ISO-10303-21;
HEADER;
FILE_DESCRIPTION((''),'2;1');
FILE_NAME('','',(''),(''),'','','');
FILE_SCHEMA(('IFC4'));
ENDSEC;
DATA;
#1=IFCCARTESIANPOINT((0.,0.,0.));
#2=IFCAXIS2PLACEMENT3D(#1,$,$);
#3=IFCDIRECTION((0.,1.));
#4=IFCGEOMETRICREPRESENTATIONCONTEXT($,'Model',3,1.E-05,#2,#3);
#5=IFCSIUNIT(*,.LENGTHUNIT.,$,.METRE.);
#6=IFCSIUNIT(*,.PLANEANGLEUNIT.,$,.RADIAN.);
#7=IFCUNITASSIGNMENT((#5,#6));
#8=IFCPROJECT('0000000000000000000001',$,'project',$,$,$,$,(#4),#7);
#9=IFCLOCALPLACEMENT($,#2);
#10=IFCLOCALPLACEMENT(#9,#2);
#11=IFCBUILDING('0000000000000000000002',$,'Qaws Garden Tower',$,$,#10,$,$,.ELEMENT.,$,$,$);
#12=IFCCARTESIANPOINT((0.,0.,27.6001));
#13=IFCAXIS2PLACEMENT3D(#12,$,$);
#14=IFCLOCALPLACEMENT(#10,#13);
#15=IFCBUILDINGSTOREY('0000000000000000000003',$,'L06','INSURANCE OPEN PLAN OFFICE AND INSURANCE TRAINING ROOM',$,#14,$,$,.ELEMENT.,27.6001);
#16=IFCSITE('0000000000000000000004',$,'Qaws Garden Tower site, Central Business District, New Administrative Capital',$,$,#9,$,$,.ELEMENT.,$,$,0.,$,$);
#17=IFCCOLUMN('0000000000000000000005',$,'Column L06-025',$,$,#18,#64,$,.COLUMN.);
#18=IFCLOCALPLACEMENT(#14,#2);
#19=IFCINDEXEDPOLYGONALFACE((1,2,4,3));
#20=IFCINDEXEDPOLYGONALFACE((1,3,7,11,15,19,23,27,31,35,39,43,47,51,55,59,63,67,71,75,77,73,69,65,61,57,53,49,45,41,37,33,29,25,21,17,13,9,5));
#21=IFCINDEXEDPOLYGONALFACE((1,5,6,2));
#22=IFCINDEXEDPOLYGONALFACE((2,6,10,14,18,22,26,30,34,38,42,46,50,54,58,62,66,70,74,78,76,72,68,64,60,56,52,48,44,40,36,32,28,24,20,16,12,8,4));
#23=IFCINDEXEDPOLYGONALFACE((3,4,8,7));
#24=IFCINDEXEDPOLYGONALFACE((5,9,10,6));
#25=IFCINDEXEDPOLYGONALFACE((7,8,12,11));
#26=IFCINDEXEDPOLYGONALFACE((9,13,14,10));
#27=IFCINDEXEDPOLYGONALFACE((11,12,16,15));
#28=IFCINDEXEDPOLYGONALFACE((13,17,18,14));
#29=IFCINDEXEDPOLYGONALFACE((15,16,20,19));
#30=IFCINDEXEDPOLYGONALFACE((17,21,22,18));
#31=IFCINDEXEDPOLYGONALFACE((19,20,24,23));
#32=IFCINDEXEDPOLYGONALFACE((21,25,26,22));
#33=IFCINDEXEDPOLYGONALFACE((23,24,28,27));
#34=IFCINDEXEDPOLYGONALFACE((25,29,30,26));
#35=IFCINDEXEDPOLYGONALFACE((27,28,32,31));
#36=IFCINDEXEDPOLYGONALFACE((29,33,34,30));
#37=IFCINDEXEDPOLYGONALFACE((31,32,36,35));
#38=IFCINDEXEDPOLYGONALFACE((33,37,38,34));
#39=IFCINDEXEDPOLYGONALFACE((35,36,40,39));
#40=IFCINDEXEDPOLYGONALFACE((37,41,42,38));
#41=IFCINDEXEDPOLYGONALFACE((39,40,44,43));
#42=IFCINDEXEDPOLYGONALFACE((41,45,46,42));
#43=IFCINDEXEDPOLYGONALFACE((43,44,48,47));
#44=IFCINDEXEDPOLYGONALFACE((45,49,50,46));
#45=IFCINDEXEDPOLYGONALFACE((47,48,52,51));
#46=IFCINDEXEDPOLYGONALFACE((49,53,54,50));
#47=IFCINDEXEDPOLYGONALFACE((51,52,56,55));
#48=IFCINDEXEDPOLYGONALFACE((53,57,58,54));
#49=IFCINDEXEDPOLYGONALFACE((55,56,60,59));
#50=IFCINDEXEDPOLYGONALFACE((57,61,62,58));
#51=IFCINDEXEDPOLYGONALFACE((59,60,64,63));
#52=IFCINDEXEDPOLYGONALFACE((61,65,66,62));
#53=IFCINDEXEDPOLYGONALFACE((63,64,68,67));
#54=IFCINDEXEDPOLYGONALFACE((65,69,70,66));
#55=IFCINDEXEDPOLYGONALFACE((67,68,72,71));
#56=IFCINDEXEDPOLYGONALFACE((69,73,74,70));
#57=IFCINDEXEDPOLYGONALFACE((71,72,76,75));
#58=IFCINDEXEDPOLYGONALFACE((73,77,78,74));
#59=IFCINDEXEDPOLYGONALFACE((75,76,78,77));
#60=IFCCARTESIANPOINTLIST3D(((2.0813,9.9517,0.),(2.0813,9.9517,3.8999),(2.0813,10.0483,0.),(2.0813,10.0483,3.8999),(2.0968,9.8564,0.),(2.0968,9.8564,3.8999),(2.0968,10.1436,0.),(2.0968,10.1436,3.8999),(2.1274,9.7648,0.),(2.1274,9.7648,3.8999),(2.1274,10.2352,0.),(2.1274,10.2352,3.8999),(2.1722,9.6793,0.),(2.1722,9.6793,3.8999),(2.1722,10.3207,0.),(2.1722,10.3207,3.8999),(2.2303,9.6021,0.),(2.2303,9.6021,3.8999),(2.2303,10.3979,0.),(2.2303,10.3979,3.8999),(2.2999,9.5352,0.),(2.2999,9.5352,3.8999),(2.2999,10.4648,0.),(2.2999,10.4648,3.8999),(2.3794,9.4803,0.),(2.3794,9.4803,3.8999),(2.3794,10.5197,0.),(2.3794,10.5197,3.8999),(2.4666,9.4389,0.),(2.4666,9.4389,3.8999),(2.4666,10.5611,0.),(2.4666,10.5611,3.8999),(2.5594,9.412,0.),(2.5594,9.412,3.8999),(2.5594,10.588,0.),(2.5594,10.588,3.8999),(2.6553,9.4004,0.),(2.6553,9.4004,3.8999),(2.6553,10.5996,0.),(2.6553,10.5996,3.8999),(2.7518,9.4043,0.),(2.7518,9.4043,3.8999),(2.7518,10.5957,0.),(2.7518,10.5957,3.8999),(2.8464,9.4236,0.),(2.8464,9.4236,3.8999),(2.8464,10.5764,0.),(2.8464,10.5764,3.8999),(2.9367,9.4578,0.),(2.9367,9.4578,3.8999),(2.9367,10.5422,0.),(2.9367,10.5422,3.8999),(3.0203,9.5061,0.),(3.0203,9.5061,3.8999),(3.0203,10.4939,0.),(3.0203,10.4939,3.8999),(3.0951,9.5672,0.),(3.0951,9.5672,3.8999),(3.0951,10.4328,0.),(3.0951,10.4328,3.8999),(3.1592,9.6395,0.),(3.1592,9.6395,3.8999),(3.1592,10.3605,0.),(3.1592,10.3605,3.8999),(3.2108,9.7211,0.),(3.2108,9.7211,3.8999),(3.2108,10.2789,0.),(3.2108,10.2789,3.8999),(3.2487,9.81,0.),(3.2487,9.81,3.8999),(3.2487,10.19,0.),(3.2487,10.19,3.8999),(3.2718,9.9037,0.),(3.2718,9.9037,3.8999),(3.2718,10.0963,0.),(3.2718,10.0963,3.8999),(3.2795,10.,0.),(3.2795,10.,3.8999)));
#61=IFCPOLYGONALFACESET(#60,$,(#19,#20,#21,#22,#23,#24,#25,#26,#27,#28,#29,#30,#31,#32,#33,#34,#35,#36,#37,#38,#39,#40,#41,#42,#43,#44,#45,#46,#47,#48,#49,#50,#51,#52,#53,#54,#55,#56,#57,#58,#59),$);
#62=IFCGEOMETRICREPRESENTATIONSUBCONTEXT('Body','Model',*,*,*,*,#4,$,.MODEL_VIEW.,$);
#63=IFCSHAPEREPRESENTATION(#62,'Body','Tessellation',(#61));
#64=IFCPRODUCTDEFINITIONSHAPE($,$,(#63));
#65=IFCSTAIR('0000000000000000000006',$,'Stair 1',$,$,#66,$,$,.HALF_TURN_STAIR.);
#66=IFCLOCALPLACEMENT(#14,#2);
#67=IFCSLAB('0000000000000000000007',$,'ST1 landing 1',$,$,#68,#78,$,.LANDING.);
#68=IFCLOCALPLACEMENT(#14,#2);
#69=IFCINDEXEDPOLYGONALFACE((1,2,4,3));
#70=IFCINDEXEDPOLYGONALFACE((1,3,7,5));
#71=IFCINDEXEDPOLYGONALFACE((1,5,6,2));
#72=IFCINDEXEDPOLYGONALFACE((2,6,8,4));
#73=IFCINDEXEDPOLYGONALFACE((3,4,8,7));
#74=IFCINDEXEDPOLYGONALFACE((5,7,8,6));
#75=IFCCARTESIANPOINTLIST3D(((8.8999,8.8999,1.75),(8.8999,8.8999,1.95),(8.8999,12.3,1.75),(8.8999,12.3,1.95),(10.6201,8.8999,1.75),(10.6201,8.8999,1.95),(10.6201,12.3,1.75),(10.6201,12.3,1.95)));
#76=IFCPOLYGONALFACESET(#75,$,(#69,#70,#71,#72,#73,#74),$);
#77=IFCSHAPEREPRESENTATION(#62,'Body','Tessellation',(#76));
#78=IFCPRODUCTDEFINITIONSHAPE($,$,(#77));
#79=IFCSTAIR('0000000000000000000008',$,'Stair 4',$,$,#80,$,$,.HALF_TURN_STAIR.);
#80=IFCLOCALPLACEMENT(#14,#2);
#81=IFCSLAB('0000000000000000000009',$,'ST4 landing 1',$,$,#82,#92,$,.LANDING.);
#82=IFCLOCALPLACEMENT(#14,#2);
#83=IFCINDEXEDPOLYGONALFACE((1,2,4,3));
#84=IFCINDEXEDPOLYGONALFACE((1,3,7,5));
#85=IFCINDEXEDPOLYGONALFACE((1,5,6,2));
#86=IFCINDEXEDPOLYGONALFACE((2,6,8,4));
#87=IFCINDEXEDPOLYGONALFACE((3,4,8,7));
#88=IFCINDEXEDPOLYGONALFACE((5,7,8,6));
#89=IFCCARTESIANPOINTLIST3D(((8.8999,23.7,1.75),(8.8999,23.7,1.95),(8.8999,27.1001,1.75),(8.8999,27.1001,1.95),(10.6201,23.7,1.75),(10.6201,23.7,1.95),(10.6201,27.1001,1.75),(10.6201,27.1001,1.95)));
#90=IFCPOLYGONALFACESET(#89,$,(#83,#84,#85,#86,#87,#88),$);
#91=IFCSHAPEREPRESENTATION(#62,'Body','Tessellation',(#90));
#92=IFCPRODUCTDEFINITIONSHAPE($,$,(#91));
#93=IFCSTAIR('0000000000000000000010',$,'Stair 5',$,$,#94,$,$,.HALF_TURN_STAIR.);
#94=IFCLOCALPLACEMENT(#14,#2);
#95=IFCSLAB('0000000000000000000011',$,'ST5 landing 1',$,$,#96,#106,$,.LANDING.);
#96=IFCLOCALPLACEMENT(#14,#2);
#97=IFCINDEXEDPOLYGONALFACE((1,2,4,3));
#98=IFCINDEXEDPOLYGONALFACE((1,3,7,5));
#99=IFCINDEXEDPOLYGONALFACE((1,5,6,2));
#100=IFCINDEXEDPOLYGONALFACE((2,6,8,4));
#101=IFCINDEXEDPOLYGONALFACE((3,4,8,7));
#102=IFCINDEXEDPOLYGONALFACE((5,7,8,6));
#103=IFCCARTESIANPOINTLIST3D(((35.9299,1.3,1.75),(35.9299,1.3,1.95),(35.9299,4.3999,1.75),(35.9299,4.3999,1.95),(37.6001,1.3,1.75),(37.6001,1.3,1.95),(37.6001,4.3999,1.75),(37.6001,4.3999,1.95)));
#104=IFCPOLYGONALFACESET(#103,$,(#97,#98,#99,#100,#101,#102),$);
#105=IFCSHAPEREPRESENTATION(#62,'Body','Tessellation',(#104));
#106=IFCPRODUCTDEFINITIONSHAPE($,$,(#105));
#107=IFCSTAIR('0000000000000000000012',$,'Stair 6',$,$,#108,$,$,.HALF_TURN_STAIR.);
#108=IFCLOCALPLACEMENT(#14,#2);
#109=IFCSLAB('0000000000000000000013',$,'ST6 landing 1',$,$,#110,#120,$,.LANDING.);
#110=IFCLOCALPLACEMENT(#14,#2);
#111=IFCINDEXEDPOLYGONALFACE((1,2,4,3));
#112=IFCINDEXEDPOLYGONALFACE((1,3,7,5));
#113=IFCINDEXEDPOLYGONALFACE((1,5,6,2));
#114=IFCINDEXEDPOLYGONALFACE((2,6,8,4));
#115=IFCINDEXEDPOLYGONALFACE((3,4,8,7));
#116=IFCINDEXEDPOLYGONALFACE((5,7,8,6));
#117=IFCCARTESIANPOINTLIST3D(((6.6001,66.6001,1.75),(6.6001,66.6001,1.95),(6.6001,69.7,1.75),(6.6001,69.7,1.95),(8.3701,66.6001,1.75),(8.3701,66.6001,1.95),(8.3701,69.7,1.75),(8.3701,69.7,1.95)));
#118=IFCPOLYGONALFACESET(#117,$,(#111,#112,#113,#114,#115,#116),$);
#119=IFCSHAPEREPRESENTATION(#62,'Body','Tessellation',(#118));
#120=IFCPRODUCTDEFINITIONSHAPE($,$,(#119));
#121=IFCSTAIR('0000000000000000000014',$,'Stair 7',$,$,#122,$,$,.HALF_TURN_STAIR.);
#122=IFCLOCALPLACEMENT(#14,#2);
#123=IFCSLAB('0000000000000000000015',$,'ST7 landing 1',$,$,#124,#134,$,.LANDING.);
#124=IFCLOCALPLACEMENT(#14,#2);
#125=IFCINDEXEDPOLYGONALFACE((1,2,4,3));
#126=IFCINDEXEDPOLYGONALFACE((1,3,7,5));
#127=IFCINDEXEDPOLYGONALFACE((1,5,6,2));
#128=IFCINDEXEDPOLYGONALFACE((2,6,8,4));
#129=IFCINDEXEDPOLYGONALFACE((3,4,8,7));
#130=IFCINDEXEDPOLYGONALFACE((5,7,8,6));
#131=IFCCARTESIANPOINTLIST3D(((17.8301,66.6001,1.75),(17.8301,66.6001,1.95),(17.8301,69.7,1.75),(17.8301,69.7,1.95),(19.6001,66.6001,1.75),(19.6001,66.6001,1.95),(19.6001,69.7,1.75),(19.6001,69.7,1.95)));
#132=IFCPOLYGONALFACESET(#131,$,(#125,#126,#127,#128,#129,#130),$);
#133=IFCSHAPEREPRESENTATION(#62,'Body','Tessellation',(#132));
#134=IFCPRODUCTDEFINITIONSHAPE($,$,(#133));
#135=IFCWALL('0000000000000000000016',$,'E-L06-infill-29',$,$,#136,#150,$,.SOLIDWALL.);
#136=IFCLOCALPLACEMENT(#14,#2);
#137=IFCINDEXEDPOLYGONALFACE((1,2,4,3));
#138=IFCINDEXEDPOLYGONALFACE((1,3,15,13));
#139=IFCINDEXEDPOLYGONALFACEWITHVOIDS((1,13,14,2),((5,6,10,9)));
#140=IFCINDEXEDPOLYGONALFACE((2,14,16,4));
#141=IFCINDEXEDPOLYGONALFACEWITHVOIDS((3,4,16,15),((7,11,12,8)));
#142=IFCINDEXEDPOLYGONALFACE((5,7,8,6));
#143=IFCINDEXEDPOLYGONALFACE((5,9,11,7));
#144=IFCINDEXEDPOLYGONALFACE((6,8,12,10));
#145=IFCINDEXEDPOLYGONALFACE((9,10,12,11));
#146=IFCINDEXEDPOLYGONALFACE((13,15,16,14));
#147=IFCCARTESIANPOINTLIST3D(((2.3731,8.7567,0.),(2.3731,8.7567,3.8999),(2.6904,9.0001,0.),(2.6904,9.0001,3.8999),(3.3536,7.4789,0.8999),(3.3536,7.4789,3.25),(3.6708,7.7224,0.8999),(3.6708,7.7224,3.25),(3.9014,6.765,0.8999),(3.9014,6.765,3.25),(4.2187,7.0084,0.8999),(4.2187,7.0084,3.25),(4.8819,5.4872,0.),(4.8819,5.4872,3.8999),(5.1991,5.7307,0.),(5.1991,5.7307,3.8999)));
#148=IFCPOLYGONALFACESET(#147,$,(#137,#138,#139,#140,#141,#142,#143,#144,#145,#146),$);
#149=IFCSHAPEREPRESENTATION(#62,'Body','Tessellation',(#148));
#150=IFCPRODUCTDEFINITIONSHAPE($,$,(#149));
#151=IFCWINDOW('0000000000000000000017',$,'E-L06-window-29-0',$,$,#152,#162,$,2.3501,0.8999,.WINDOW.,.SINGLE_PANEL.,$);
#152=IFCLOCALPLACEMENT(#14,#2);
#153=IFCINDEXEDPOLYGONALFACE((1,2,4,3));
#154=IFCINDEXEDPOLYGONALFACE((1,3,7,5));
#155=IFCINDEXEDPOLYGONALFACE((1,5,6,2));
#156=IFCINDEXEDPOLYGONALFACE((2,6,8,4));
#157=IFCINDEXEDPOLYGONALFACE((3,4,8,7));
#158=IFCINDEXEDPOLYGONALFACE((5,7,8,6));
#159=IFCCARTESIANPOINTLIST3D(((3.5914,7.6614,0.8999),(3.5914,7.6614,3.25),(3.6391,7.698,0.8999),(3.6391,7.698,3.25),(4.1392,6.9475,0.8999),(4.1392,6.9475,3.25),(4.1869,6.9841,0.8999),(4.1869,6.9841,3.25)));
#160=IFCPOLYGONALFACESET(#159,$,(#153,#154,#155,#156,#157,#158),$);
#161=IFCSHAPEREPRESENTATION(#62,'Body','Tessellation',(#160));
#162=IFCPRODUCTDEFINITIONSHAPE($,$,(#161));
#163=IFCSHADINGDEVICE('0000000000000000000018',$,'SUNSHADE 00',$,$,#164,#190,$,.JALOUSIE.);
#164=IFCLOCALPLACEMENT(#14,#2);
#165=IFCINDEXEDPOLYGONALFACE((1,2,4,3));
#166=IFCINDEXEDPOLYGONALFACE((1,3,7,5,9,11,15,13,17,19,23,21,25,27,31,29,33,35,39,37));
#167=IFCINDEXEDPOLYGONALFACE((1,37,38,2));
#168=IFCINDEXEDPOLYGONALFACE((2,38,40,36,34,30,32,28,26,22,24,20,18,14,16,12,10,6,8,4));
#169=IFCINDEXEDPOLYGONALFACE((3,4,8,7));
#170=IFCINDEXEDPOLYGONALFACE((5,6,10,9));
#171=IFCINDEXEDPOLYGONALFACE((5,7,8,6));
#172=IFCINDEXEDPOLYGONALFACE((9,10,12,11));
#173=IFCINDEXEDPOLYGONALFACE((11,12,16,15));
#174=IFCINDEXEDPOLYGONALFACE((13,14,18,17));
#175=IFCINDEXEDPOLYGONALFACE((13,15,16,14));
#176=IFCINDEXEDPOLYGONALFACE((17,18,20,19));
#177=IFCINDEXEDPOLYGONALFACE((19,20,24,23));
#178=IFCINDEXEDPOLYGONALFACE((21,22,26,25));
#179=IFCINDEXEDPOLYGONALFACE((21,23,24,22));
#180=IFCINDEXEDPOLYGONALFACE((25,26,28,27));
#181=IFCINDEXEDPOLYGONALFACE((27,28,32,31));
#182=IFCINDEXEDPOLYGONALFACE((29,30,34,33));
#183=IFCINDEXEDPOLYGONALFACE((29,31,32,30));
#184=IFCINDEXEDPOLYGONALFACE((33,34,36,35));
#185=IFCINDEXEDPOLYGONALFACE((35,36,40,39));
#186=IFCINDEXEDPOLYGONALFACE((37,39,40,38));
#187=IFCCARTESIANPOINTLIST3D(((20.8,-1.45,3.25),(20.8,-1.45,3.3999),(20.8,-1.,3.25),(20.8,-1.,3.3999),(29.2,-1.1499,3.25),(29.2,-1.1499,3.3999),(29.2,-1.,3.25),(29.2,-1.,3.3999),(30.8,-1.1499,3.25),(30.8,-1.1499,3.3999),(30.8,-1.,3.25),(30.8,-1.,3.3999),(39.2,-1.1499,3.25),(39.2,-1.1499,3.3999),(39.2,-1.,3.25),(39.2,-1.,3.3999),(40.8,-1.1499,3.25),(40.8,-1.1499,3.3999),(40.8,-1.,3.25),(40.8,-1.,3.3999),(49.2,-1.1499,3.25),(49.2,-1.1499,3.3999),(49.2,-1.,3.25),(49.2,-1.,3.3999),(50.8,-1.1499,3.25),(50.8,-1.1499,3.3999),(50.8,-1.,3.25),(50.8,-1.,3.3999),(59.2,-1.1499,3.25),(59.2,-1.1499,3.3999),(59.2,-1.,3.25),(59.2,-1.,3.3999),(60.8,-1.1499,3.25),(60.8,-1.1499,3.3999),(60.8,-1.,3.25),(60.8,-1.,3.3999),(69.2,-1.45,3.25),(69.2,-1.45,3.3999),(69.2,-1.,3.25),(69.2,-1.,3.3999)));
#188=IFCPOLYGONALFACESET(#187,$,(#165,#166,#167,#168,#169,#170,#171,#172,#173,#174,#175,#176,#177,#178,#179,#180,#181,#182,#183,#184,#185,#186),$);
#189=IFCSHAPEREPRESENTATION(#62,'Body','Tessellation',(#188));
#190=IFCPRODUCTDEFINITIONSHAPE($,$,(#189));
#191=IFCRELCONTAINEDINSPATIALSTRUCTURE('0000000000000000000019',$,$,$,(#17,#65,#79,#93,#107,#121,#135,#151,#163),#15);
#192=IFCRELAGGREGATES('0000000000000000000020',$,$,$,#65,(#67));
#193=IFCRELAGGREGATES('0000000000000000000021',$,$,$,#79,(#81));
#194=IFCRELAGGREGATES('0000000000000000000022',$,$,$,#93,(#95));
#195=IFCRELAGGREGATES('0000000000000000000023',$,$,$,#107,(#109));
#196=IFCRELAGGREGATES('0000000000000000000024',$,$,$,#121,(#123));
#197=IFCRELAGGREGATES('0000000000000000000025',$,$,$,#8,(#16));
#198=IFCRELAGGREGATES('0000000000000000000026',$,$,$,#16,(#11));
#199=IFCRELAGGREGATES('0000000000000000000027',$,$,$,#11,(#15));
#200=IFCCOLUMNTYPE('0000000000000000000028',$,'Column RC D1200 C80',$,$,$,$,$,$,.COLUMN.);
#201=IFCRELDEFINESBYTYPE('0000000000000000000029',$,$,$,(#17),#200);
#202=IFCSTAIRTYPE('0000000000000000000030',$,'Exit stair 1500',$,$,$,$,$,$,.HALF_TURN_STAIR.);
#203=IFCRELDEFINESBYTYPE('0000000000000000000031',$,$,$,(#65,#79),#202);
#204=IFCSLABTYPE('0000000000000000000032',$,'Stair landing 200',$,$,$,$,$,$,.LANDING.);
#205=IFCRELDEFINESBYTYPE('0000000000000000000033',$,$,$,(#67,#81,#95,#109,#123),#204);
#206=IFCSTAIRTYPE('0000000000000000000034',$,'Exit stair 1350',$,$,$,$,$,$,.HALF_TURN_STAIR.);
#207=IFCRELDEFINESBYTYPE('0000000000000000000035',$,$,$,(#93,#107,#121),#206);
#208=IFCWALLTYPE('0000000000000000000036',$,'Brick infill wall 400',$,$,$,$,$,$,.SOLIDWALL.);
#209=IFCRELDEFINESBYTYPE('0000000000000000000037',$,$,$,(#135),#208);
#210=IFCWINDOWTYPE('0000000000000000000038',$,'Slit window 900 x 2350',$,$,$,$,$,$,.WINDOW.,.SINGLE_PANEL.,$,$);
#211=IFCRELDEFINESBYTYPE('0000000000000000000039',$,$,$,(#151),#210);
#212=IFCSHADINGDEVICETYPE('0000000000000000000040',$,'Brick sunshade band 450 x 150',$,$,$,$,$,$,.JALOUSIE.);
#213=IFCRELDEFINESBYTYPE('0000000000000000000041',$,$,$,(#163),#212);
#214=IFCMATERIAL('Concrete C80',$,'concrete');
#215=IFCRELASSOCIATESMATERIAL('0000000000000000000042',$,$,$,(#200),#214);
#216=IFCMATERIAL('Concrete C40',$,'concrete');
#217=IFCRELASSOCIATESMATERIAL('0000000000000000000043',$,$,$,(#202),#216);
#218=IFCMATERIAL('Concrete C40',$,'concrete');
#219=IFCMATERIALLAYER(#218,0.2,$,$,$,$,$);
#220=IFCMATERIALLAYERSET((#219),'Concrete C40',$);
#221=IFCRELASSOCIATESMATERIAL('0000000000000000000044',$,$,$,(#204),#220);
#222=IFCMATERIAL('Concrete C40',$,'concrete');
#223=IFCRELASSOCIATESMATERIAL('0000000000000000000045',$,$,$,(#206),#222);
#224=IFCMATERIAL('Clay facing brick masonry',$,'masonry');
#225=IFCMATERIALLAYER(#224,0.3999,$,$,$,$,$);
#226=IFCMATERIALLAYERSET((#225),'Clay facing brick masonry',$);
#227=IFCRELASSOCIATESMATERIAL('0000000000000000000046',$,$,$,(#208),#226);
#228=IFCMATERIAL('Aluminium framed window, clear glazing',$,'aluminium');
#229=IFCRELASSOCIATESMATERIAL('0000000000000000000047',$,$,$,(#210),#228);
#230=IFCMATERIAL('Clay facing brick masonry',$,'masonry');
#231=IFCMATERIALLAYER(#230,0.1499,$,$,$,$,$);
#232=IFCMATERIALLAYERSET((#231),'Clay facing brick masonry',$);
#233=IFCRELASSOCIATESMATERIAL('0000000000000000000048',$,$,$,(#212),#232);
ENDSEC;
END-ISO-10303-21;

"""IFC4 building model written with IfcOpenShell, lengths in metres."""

from ifc_helpers import new_model, si_unit, direction, frame, frame_2d, origin, origin_2d, place, context, subcontext, project, spatial, polyline, rectangle, circle, outline, extrude, material, layer, layer_set, material_profile, profile_set, type_object, element, fill, aggregate, save


model = new_model("IFC4")

# Units and contexts
model_context = context("Model", 3, precision=1e-05, world=origin(), true_north=direction((0.0, 1.0)))
body_context = subcontext(model_context, "Body", "Model", "MODEL_VIEW")
ifc_project = project(units=[si_unit("LENGTHUNIT", "METRE"), si_unit("PLANEANGLEUNIT", "RADIAN")], contexts=[model_context])

# Site, building, storey
site_placement = place(None, origin())
site = spatial("IfcSite", under=ifc_project, at=site_placement, Name="Qaws Garden Tower site, Central Business District, New Administrative Capital", CompositionType="ELEMENT", RefElevation=0.0)
building_placement = place(site_placement, origin())
building = spatial("IfcBuilding", under=site, at=building_placement, Name="Qaws Garden Tower", CompositionType="ELEMENT")
storey_placement = place(building_placement, frame((0.0, 0.0, 27.6001)))
storey = spatial("IfcBuildingStorey", under=building, at=storey_placement, Name="L06", Description="INSURANCE OPEN PLAN OFFICE AND INSURANCE TRAINING ROOM", CompositionType="ELEMENT", Elevation=27.6001)

# Column
ifc_material_1 = material(Name="Concrete C80", Category="concrete")
ifc_material_profile = material_profile(ifc_material_1, circle(Radius=0.6001, at=origin_2d()), Name="RC D1200")
ifc_profile_set = profile_set([ifc_material_profile], Name="Concrete C80")
column_type = type_object("IfcColumnType", Name="Column RC D1200 C80", PredefinedType="COLUMN", material=ifc_profile_set)
column_placement = place(storey_placement, frame((2.6794, 10.0, 0.0), z_axis=(0.0, 0.0, 1.0), x_axis=(1.0, 0.0, 0.0)))
element("IfcColumn", 1, at=column_placement, inside=storey, type_object=column_type, Name="Column L06-025", PredefinedType="COLUMN", context=body_context, shape_type="SweptSolid", body=[
    extrude(circle(Radius=0.6001, at=origin_2d()), origin(), (0.0, 0.0, 1.0), 3.8999),
])

# Stairs, slabs
ifc_material_2 = material(Name="Concrete C40", Category="concrete")
stair_type_1 = type_object("IfcStairType", Name="Exit stair 1500", PredefinedType="HALF_TURN_STAIR", material=ifc_material_2)
placement_1 = place(storey_placement, origin())
stair_1 = element("IfcStair", 2, at=placement_1, inside=storey, type_object=stair_type_1, Name="Stair 1", PredefinedType="HALF_TURN_STAIR")
ifc_material_3 = material(Name="Concrete C40", Category="concrete")
ifc_layer_1 = layer(ifc_material_3, 0.2)
ifc_layer_set_1 = layer_set([ifc_layer_1], Name="Concrete C40")
slab_type = type_object("IfcSlabType", Name="Stair landing 200", PredefinedType="LANDING", material=ifc_layer_set_1)
placement_2 = place(storey_placement, frame((0.0, 0.0, 1.75)))
slab_1 = element("IfcSlab", 3, at=placement_2, type_object=slab_type, Name="ST1 landing 1", PredefinedType="LANDING", context=body_context, shape_type="SweptSolid", body=[
    extrude(outline(polyline([(8.8999, 8.8999), (10.6201, 8.8999), (10.6201, 12.3), (8.8999, 12.3), (8.8999, 8.8999)])), origin(), (0.0, 0.0, 1.0), 0.2),
])
aggregate(stair_1, [slab_1])
stair_2 = element("IfcStair", 4, at=placement_1, inside=storey, type_object=stair_type_1, Name="Stair 4", PredefinedType="HALF_TURN_STAIR")
slab_2 = element("IfcSlab", 5, at=placement_2, type_object=slab_type, Name="ST4 landing 1", PredefinedType="LANDING", context=body_context, shape_type="SweptSolid", body=[
    extrude(outline(polyline([(8.8999, 23.7), (10.6201, 23.7), (10.6201, 27.1001), (8.8999, 27.1001), (8.8999, 23.7)])), origin(), (0.0, 0.0, 1.0), 0.2),
])
aggregate(stair_2, [slab_2])
ifc_material_4 = material(Name="Concrete C40", Category="concrete")
stair_type_2 = type_object("IfcStairType", Name="Exit stair 1350", PredefinedType="HALF_TURN_STAIR", material=ifc_material_4)
stair_3 = element("IfcStair", 6, at=placement_1, inside=storey, type_object=stair_type_2, Name="Stair 5", PredefinedType="HALF_TURN_STAIR")
slab_3 = element("IfcSlab", 7, at=placement_2, type_object=slab_type, Name="ST5 landing 1", PredefinedType="LANDING", context=body_context, shape_type="SweptSolid", body=[
    extrude(outline(polyline([(35.9299, 1.3), (37.6001, 1.3), (37.6001, 4.3999), (35.9299, 4.3999), (35.9299, 1.3)])), origin(), (0.0, 0.0, 1.0), 0.2),
])
aggregate(stair_3, [slab_3])
stair_4 = element("IfcStair", 8, at=placement_1, inside=storey, type_object=stair_type_2, Name="Stair 6", PredefinedType="HALF_TURN_STAIR")
slab_4 = element("IfcSlab", 9, at=placement_2, type_object=slab_type, Name="ST6 landing 1", PredefinedType="LANDING", context=body_context, shape_type="SweptSolid", body=[
    extrude(outline(polyline([(6.6001, 66.6001), (8.3701, 66.6001), (8.3701, 69.7), (6.6001, 69.7), (6.6001, 66.6001)])), origin(), (0.0, 0.0, 1.0), 0.2),
])
aggregate(stair_4, [slab_4])
stair_5 = element("IfcStair", 10, at=placement_1, inside=storey, type_object=stair_type_2, Name="Stair 7", PredefinedType="HALF_TURN_STAIR")
slab_5 = element("IfcSlab", 11, at=placement_2, type_object=slab_type, Name="ST7 landing 1", PredefinedType="LANDING", context=body_context, shape_type="SweptSolid", body=[
    extrude(outline(polyline([(17.8301, 66.6001), (19.6001, 66.6001), (19.6001, 69.7), (17.8301, 69.7), (17.8301, 66.6001)])), origin(), (0.0, 0.0, 1.0), 0.2),
])
aggregate(stair_5, [slab_5])

# Wall, opening, window
ifc_material_5 = material(Name="Clay facing brick masonry", Category="masonry")
ifc_layer_2 = layer(ifc_material_5, 0.3999)
ifc_layer_set_2 = layer_set([ifc_layer_2], Name="Clay facing brick masonry")
wall_type = type_object("IfcWallType", Name="Brick infill wall 400", PredefinedType="SOLIDWALL", material=ifc_layer_set_2)
wall_placement = place(storey_placement, frame((2.5317, 8.8784, 0.0), z_axis=(0.0, 0.0, 1.0), x_axis=(0.60876, -0.793355, 0.0)))
wall = element("IfcWall", 12, at=wall_placement, inside=storey, type_object=wall_type, Name="E-L06-infill-29", PredefinedType="SOLIDWALL", context=body_context, shape_type="SweptSolid", body=[
    extrude(rectangle(XDim=4.1211, YDim=0.3999, at=frame_2d((2.0605, 0.0))), origin(), (0.0, 0.0, 1.0), 3.8999),
])
opening_placement = place(wall_placement, frame((1.6106, 0.0, 0.8999)))
opening = element("IfcOpeningElement", 13, at=opening_placement, cuts=wall, PredefinedType="OPENING", context=body_context, shape_type="SweptSolid", body=[
    extrude(rectangle(XDim=0.8999, YDim=2.3501, at=frame_2d((0.45, 1.175))), frame((0.0, 0.21, 0.0), z_axis=(0.0, -1.0, 0.0), x_axis=(1.0, 0.0, 0.0)), (0.0, 0.0, 1.0), 0.4199),
])
ifc_material_6 = material(Name="Aluminium framed window, clear glazing", Category="aluminium")
window_type = type_object("IfcWindowType", Name="Slit window 900 x 2350", PartitioningType="SINGLE_PANEL", PredefinedType="WINDOW", material=ifc_material_6)
window_placement = place(opening_placement, origin())
window = element("IfcWindow", 14, at=window_placement, inside=storey, type_object=window_type, Name="E-L06-window-29-0", OverallHeight=2.3501, OverallWidth=0.8999, PartitioningType="SINGLE_PANEL", PredefinedType="WINDOW", context=body_context, shape_type="SweptSolid", body=[
    extrude(rectangle(XDim=0.8999, YDim=2.3501, at=frame_2d((0.45, 1.175))), frame((0.0, 0.1599, 0.0), z_axis=(0.0, -1.0, 0.0), x_axis=(1.0, 0.0, 0.0)), (0.0, 0.0, 1.0), 0.0601),
])
fill(opening, window)

# Shading device
ifc_material_7 = material(Name="Clay facing brick masonry", Category="masonry")
ifc_layer_3 = layer(ifc_material_7, 0.1499)
ifc_layer_set_3 = layer_set([ifc_layer_3], Name="Clay facing brick masonry")
shading_device_type = type_object("IfcShadingDeviceType", Name="Brick sunshade band 450 x 150", PredefinedType="JALOUSIE", material=ifc_layer_set_3)
shading_device_placement = place(storey_placement, frame((0.0, 0.0, 3.25)))
element("IfcShadingDevice", 15, at=shading_device_placement, inside=storey, type_object=shading_device_type, Name="SUNSHADE 00", PredefinedType="JALOUSIE", context=body_context, shape_type="SweptSolid", body=[
    extrude(outline(polyline([(20.8, -1.0), (20.8, -1.45), (69.2, -1.45), (69.2, -1.0), (60.8, -1.0), (60.8, -1.1499), (59.2, -1.1499), (59.2, -1.0), (50.8, -1.0), (50.8, -1.1499), (49.2, -1.1499), (49.2, -1.0), (40.8, -1.0), (40.8, -1.1499), (39.2, -1.1499), (39.2, -1.0), (30.8, -1.0), (30.8, -1.1499), (29.2, -1.1499), (29.2, -1.0), (20.8, -1.0)])), origin(), (0.0, 0.0, 1.0), 0.1499),
])

save(model, "model.ifc")
